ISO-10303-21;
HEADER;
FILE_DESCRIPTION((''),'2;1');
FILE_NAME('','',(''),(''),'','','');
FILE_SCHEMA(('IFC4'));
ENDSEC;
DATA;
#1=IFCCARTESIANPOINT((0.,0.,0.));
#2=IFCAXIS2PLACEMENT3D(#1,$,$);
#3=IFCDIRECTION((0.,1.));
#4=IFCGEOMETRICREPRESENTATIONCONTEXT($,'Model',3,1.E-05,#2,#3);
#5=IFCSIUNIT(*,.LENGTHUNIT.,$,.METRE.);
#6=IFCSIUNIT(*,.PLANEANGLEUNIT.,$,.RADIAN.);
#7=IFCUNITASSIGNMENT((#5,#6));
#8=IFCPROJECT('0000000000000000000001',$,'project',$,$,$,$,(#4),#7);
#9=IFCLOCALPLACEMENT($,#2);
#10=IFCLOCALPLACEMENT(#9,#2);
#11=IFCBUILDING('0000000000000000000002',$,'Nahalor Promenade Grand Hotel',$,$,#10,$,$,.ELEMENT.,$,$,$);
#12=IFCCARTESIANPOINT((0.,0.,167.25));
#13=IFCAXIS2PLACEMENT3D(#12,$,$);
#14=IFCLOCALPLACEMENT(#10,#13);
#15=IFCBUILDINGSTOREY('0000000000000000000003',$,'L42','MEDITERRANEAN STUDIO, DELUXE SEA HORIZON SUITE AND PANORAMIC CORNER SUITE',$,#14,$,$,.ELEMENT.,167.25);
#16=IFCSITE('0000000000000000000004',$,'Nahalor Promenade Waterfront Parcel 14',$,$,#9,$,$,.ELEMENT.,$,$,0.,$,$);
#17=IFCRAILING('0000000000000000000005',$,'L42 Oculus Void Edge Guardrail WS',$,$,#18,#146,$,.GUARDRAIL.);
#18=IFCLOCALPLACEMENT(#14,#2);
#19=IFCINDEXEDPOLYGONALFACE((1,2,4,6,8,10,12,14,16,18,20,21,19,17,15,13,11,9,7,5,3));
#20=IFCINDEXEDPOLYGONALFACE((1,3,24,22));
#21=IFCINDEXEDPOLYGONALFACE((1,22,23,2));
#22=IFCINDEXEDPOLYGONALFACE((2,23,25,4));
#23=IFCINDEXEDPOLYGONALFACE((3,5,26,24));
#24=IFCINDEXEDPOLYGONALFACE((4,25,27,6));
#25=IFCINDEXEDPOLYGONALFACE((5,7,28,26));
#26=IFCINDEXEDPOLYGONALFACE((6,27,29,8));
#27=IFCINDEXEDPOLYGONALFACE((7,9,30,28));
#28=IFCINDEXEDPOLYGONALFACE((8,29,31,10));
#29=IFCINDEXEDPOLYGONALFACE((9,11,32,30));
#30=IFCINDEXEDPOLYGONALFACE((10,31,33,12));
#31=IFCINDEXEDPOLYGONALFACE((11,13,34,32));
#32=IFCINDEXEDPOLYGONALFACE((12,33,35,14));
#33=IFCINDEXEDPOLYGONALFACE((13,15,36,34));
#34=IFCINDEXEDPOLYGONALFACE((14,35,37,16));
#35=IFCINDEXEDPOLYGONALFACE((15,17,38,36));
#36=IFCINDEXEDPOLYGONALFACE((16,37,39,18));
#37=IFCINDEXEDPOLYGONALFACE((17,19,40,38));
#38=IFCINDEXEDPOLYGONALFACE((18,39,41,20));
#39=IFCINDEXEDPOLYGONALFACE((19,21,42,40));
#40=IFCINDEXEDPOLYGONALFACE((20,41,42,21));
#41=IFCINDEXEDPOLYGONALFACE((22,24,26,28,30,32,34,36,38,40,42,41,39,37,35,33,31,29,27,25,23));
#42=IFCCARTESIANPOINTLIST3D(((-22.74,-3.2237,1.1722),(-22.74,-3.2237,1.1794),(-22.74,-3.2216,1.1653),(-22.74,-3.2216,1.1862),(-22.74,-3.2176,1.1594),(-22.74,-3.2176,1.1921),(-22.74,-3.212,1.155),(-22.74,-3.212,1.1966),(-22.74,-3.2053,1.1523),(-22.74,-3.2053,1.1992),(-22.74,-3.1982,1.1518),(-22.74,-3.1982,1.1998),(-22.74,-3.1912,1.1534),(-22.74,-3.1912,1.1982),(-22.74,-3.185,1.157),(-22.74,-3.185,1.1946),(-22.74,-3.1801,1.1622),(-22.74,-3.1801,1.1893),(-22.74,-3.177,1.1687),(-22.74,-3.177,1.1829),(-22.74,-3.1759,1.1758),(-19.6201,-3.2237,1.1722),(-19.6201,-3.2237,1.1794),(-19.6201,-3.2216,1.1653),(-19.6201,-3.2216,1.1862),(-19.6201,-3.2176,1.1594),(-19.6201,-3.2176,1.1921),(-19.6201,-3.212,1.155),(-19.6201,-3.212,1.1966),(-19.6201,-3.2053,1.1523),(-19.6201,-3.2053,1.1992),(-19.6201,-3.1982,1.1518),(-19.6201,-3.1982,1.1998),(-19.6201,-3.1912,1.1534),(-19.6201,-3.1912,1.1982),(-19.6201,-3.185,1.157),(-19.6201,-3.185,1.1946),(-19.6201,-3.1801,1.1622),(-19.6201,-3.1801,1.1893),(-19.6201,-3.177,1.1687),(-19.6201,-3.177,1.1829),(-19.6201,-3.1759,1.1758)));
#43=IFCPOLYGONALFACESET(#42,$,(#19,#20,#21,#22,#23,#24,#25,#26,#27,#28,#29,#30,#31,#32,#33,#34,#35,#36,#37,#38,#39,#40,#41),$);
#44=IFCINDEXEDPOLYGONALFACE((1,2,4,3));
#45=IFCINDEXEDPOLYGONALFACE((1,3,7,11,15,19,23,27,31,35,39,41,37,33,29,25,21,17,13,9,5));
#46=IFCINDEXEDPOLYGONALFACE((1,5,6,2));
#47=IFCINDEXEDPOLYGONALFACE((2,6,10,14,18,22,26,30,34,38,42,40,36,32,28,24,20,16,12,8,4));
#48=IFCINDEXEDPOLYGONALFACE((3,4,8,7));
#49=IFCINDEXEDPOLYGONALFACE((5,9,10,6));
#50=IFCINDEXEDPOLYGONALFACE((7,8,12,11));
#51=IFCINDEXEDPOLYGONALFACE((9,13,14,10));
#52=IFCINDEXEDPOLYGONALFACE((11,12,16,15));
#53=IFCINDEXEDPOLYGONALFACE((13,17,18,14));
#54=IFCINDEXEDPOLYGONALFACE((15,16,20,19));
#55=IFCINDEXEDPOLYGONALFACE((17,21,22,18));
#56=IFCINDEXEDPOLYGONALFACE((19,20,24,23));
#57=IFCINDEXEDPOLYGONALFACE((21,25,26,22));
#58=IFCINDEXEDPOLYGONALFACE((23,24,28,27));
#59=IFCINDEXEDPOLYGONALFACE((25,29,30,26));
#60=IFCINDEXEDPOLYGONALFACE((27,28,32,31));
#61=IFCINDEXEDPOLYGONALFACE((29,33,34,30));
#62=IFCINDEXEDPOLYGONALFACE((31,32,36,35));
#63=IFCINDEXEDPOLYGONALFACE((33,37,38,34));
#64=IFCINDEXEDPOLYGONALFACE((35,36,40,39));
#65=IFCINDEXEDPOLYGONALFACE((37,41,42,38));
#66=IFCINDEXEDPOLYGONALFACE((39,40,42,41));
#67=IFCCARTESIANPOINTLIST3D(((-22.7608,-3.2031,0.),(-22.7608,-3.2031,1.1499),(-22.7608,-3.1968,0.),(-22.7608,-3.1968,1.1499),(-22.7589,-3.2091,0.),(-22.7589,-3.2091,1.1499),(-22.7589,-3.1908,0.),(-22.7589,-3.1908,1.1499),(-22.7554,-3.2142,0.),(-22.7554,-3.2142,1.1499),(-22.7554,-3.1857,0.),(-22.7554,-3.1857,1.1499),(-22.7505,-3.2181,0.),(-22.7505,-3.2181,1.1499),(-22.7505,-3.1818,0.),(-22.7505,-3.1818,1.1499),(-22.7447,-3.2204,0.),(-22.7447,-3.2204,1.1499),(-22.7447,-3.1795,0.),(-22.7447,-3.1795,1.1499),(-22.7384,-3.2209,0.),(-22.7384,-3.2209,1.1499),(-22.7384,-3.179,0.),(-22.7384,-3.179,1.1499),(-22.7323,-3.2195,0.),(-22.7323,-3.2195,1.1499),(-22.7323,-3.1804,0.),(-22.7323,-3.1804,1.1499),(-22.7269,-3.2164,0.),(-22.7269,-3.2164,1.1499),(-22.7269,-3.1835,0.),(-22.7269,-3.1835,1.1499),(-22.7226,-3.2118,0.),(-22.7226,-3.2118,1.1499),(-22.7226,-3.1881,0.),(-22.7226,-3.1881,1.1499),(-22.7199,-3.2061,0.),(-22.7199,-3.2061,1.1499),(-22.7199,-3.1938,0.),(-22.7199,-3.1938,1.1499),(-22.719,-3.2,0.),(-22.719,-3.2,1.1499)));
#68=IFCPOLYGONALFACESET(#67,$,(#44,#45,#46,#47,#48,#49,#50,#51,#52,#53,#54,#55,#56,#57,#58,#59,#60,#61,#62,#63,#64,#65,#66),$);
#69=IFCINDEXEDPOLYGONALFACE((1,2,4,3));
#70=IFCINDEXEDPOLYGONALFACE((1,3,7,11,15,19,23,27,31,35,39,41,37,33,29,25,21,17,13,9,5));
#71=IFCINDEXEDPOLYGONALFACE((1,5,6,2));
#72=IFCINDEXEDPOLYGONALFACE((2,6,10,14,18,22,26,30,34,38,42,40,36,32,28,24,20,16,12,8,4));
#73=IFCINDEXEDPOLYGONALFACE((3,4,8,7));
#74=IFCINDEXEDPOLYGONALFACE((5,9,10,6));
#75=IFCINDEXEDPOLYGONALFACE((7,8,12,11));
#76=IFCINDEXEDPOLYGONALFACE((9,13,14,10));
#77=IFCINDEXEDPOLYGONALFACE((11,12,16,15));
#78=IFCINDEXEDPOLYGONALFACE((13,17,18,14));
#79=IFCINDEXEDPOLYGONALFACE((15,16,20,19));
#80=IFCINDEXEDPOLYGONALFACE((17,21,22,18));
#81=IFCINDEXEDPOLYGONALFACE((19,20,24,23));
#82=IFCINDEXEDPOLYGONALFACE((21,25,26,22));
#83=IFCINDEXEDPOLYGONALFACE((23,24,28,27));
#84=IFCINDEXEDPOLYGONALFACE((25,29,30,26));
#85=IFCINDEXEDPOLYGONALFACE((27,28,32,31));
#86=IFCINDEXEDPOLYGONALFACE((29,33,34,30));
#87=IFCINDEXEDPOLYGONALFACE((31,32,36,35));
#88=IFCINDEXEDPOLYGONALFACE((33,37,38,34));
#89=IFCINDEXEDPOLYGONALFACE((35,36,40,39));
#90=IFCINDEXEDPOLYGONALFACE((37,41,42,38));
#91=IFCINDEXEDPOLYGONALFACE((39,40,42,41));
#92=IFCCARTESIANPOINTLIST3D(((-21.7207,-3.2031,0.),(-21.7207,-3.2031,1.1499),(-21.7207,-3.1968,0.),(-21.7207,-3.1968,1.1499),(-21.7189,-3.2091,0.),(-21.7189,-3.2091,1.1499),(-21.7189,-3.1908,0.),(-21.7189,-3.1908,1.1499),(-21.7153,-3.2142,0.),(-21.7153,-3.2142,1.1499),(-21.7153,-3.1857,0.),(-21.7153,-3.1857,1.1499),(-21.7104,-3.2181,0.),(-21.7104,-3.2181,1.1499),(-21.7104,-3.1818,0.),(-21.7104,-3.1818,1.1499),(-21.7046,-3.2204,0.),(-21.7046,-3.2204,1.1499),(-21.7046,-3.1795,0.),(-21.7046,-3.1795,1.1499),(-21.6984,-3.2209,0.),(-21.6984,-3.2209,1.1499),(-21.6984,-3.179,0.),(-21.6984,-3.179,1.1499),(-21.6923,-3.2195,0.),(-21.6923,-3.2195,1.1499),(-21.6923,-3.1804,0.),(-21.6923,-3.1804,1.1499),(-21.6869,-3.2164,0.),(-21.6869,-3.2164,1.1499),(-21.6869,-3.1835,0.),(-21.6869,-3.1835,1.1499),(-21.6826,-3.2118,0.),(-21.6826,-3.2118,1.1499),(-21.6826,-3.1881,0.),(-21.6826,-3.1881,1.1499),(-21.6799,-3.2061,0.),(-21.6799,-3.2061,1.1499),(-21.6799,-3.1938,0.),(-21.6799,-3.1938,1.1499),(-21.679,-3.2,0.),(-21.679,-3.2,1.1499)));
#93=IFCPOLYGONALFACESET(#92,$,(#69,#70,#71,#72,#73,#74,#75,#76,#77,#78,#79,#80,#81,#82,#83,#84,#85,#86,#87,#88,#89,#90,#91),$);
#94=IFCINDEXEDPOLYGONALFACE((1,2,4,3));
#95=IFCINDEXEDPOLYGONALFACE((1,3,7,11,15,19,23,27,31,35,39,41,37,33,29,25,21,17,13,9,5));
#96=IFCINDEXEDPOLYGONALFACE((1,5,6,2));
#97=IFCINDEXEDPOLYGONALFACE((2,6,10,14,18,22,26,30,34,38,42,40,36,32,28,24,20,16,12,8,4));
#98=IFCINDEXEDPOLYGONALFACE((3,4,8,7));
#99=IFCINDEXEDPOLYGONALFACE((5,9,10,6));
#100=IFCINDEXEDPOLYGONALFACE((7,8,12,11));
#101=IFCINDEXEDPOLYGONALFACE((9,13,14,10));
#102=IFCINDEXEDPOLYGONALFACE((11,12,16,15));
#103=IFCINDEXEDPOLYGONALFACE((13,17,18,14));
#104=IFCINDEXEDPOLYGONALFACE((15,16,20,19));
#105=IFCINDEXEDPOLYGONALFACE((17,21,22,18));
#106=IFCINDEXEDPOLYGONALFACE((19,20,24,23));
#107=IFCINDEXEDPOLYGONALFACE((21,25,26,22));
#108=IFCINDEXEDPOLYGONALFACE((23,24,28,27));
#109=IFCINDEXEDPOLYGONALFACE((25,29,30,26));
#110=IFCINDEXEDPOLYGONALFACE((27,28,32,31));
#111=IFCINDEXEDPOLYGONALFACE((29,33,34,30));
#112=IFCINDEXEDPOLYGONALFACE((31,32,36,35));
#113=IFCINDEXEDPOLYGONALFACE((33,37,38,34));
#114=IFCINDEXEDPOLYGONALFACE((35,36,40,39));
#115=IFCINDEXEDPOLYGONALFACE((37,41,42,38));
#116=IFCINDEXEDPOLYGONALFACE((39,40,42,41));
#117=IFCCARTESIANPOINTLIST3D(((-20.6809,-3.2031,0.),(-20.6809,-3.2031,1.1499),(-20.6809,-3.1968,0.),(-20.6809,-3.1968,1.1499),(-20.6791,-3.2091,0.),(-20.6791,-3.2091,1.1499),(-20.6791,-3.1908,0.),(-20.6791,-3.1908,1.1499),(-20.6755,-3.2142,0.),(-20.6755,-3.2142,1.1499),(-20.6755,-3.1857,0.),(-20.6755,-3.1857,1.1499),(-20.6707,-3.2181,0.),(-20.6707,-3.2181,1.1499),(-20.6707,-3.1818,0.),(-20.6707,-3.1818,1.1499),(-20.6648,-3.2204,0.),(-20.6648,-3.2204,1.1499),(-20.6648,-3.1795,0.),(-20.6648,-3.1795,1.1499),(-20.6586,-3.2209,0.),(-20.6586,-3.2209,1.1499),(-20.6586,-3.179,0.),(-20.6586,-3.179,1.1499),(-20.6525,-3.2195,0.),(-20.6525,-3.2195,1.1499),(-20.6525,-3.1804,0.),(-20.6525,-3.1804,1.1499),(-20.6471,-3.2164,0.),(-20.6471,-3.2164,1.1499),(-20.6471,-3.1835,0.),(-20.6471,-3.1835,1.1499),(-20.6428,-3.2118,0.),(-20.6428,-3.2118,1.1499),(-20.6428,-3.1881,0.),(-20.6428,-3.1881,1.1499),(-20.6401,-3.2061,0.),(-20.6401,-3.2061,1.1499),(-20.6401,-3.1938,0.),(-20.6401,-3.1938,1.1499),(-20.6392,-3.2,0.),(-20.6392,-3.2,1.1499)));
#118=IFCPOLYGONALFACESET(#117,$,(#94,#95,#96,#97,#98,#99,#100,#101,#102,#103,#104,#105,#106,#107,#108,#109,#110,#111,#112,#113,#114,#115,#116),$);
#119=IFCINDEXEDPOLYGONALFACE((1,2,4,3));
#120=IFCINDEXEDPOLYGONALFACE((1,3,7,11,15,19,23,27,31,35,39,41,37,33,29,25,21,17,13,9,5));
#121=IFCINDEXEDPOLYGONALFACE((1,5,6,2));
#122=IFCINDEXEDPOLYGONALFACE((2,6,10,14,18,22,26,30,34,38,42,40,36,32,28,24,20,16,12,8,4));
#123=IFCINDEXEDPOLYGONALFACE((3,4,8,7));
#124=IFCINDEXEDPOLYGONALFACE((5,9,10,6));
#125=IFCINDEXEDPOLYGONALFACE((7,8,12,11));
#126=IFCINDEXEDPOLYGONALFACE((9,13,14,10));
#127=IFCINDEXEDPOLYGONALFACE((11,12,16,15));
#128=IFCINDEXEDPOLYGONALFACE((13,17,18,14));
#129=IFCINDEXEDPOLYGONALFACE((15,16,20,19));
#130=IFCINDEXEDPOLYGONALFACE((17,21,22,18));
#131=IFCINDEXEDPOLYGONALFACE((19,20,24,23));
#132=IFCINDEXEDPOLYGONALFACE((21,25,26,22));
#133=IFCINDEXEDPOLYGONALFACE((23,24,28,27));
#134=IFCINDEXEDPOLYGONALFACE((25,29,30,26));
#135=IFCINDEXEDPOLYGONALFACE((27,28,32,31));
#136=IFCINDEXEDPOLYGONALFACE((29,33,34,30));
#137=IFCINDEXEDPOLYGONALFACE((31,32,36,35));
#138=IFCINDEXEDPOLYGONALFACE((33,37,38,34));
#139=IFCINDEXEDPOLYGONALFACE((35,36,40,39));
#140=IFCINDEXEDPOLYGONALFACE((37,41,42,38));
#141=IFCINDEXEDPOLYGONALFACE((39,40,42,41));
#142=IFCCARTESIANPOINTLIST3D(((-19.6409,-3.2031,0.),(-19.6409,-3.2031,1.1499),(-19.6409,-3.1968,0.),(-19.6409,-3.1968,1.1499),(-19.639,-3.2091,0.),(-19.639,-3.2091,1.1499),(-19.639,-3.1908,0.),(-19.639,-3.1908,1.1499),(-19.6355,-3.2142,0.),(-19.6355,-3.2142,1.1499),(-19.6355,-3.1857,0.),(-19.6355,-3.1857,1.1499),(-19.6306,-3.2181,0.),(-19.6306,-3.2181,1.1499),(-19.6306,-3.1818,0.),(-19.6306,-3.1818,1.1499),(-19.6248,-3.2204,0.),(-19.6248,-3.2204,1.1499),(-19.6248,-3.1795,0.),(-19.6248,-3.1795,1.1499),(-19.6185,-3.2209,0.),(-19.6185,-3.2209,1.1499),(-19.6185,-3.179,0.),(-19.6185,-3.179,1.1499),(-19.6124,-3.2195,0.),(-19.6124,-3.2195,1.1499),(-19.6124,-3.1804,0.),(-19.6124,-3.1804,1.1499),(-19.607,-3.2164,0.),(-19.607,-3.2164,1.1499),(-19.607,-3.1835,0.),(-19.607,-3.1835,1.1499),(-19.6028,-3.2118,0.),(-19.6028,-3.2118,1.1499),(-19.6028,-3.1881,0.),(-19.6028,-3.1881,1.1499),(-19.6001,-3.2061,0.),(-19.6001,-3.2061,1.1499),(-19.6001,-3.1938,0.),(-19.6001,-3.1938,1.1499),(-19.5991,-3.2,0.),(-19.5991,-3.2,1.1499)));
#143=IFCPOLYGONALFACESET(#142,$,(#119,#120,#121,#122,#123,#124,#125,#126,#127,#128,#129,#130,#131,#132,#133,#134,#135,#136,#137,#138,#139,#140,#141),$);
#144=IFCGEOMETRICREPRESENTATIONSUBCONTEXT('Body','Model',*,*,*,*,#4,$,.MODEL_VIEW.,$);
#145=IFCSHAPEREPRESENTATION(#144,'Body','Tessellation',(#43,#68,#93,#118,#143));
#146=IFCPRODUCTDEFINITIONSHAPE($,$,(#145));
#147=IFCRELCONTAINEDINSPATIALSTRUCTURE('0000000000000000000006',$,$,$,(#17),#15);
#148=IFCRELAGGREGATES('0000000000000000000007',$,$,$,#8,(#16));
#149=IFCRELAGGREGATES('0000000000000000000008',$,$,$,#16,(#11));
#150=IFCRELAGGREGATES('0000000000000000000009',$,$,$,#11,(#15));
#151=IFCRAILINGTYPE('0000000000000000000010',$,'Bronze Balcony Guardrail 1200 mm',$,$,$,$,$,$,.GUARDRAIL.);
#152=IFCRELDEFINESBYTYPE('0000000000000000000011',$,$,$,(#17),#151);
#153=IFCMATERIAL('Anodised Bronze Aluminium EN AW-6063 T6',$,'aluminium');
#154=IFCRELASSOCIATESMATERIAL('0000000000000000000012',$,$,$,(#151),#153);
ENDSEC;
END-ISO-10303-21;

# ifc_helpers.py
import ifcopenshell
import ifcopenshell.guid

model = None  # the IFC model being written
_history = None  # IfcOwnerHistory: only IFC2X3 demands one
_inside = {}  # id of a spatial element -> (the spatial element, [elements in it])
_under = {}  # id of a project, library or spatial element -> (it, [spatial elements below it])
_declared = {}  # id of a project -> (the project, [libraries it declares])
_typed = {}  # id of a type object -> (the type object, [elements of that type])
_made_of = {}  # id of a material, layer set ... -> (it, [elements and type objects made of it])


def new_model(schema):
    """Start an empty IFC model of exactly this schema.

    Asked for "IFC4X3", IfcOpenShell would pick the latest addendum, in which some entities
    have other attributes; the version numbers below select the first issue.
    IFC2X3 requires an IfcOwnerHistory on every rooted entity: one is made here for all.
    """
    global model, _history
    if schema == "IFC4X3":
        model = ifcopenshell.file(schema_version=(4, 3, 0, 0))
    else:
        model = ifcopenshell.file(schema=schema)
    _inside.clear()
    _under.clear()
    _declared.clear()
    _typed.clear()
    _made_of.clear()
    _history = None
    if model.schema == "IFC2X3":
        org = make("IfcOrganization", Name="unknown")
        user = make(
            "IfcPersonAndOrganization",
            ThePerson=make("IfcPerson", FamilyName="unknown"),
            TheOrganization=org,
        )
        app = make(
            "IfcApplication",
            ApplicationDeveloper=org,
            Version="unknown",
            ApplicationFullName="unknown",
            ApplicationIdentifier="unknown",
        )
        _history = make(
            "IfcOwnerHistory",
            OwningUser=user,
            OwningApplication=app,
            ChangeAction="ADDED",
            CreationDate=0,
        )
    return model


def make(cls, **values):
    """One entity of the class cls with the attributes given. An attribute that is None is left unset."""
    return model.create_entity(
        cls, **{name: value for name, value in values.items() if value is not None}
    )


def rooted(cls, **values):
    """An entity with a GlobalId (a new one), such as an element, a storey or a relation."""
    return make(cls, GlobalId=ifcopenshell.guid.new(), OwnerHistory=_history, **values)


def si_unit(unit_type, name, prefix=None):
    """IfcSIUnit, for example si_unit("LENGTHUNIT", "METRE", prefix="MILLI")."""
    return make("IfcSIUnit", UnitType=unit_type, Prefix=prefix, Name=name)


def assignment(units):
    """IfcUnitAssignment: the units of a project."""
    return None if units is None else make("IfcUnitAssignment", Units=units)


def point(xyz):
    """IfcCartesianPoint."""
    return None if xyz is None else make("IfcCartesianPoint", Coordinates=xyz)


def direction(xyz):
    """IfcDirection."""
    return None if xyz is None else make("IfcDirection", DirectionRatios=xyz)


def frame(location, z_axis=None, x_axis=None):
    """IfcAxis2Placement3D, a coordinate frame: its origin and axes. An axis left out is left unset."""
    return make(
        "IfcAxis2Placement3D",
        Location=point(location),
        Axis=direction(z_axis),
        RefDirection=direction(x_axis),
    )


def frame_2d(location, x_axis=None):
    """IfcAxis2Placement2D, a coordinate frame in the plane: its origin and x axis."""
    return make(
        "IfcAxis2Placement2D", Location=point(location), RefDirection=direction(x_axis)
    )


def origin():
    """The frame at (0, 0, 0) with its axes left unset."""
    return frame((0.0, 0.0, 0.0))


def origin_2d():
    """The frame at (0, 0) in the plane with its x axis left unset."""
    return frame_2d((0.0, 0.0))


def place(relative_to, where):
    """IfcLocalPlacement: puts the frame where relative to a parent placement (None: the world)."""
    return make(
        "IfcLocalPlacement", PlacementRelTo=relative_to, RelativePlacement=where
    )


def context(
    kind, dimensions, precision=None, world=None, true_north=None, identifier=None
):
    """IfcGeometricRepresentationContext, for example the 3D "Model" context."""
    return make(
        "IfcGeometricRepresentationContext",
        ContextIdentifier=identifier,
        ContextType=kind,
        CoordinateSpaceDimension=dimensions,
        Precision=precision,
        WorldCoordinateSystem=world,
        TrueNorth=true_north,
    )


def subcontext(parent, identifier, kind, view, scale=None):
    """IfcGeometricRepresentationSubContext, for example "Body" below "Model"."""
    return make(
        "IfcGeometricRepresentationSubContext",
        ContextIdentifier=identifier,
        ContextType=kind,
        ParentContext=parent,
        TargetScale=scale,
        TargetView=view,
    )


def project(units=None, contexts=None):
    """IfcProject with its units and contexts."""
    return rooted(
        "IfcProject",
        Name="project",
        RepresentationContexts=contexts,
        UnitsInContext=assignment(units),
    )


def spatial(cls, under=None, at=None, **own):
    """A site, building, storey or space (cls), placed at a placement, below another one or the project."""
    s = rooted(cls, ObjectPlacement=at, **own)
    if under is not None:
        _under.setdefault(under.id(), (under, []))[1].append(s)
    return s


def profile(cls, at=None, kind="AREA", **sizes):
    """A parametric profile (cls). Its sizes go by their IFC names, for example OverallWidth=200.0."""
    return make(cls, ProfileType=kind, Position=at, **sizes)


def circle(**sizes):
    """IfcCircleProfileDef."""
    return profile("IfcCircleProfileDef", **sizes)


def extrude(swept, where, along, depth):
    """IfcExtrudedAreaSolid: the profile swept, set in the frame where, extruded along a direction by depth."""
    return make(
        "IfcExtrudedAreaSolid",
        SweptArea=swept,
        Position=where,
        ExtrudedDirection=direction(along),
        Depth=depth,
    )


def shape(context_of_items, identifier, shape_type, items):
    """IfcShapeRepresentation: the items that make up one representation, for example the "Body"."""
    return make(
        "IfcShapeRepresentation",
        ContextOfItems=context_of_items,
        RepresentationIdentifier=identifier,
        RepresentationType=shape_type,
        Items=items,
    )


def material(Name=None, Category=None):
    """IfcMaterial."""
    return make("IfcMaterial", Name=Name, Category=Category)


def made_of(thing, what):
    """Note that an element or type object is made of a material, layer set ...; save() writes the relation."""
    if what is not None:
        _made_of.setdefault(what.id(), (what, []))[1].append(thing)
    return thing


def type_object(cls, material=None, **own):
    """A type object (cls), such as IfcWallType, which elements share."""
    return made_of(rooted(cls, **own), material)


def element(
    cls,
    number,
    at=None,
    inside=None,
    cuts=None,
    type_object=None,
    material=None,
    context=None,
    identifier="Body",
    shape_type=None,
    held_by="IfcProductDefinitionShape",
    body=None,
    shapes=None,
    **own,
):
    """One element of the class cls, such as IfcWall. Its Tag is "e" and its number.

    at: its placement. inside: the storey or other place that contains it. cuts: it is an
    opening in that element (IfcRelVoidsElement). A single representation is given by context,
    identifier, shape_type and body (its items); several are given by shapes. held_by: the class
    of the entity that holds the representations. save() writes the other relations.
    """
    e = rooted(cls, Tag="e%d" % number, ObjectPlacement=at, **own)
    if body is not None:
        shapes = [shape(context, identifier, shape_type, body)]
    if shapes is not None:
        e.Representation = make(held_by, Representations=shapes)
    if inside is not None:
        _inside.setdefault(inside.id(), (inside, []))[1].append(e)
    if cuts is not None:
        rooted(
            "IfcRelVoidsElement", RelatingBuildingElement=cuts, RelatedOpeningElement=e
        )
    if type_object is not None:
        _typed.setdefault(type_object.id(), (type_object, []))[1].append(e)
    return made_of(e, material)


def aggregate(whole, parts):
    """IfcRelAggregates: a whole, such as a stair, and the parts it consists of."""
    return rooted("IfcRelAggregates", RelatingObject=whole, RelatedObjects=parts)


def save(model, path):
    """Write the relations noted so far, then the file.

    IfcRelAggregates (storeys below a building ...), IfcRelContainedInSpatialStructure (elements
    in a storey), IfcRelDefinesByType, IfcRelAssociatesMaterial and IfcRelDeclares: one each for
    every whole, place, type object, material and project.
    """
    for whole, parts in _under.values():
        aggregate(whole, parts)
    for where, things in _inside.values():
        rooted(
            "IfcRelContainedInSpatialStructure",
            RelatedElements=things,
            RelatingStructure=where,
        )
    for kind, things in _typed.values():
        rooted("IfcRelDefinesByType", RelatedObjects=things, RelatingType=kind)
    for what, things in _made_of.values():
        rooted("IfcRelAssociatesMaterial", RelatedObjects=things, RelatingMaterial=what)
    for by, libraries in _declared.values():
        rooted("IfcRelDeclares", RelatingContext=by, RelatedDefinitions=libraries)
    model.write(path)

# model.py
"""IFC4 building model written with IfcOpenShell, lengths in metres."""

from ifc_helpers import new_model, si_unit, direction, frame, origin, origin_2d, place, context, subcontext, project, spatial, circle, extrude, material, type_object, element, save


model = new_model("IFC4")

# Units and contexts
model_context = context("Model", 3, precision=1e-05, world=origin(), true_north=direction((0.0, 1.0)))
body_context = subcontext(model_context, "Body", "Model", "MODEL_VIEW")
ifc_project = project(units=[si_unit("LENGTHUNIT", "METRE"), si_unit("PLANEANGLEUNIT", "RADIAN")], contexts=[model_context])

# Site, building, storey
site_placement = place(None, origin())
site = spatial("IfcSite", under=ifc_project, at=site_placement, Name="Nahalor Promenade Waterfront Parcel 14", CompositionType="ELEMENT", RefElevation=0.0)
building_placement = place(site_placement, origin())
building = spatial("IfcBuilding", under=site, at=building_placement, Name="Nahalor Promenade Grand Hotel", CompositionType="ELEMENT")
storey_placement = place(building_placement, frame((0.0, 0.0, 167.25)))
storey = spatial("IfcBuildingStorey", under=building, at=storey_placement, Name="L42", Description="MEDITERRANEAN STUDIO, DELUXE SEA HORIZON SUITE AND PANORAMIC CORNER SUITE", CompositionType="ELEMENT", Elevation=167.25)

# Shared definitions
ifc_material_1 = material(Name="Anodised Bronze Aluminium EN AW-6063 T6", Category="aluminium")

# Railing
railing_type = type_object("IfcRailingType", Name="Bronze Balcony Guardrail 1200 mm", PredefinedType="GUARDRAIL", material=ifc_material_1)
railing_placement = place(storey_placement, frame((-22.74, -3.2, 0.0)))
element("IfcRailing", 1, at=railing_placement, inside=storey, type_object=railing_type, Name="L42 Oculus Void Edge Guardrail WS", PredefinedType="GUARDRAIL", context=body_context, shape_type="SweptSolid", body=[
    extrude(circle(Radius=0.024, at=origin_2d()), frame((0.0, 0.0, 1.1758), z_axis=(1.0, 0.0, 0.0), x_axis=(0.0, 1.0, 0.0)), (0.0, 0.0, 1.0), 3.1199),
    extrude(circle(Radius=0.021, at=origin_2d()), origin(), (0.0, 0.0, 1.0), 1.1499),
    extrude(circle(Radius=0.021, at=origin_2d()), frame((1.04, 0.0, 0.0)), (0.0, 0.0, 1.0), 1.1499),
    extrude(circle(Radius=0.021, at=origin_2d()), frame((2.0798, 0.0, 0.0)), (0.0, 0.0, 1.0), 1.1499),
    extrude(circle(Radius=0.021, at=origin_2d()), frame((3.1199, 0.0, 0.0)), (0.0, 0.0, 1.0), 1.1499),
])

save(model, "model.ifc")
